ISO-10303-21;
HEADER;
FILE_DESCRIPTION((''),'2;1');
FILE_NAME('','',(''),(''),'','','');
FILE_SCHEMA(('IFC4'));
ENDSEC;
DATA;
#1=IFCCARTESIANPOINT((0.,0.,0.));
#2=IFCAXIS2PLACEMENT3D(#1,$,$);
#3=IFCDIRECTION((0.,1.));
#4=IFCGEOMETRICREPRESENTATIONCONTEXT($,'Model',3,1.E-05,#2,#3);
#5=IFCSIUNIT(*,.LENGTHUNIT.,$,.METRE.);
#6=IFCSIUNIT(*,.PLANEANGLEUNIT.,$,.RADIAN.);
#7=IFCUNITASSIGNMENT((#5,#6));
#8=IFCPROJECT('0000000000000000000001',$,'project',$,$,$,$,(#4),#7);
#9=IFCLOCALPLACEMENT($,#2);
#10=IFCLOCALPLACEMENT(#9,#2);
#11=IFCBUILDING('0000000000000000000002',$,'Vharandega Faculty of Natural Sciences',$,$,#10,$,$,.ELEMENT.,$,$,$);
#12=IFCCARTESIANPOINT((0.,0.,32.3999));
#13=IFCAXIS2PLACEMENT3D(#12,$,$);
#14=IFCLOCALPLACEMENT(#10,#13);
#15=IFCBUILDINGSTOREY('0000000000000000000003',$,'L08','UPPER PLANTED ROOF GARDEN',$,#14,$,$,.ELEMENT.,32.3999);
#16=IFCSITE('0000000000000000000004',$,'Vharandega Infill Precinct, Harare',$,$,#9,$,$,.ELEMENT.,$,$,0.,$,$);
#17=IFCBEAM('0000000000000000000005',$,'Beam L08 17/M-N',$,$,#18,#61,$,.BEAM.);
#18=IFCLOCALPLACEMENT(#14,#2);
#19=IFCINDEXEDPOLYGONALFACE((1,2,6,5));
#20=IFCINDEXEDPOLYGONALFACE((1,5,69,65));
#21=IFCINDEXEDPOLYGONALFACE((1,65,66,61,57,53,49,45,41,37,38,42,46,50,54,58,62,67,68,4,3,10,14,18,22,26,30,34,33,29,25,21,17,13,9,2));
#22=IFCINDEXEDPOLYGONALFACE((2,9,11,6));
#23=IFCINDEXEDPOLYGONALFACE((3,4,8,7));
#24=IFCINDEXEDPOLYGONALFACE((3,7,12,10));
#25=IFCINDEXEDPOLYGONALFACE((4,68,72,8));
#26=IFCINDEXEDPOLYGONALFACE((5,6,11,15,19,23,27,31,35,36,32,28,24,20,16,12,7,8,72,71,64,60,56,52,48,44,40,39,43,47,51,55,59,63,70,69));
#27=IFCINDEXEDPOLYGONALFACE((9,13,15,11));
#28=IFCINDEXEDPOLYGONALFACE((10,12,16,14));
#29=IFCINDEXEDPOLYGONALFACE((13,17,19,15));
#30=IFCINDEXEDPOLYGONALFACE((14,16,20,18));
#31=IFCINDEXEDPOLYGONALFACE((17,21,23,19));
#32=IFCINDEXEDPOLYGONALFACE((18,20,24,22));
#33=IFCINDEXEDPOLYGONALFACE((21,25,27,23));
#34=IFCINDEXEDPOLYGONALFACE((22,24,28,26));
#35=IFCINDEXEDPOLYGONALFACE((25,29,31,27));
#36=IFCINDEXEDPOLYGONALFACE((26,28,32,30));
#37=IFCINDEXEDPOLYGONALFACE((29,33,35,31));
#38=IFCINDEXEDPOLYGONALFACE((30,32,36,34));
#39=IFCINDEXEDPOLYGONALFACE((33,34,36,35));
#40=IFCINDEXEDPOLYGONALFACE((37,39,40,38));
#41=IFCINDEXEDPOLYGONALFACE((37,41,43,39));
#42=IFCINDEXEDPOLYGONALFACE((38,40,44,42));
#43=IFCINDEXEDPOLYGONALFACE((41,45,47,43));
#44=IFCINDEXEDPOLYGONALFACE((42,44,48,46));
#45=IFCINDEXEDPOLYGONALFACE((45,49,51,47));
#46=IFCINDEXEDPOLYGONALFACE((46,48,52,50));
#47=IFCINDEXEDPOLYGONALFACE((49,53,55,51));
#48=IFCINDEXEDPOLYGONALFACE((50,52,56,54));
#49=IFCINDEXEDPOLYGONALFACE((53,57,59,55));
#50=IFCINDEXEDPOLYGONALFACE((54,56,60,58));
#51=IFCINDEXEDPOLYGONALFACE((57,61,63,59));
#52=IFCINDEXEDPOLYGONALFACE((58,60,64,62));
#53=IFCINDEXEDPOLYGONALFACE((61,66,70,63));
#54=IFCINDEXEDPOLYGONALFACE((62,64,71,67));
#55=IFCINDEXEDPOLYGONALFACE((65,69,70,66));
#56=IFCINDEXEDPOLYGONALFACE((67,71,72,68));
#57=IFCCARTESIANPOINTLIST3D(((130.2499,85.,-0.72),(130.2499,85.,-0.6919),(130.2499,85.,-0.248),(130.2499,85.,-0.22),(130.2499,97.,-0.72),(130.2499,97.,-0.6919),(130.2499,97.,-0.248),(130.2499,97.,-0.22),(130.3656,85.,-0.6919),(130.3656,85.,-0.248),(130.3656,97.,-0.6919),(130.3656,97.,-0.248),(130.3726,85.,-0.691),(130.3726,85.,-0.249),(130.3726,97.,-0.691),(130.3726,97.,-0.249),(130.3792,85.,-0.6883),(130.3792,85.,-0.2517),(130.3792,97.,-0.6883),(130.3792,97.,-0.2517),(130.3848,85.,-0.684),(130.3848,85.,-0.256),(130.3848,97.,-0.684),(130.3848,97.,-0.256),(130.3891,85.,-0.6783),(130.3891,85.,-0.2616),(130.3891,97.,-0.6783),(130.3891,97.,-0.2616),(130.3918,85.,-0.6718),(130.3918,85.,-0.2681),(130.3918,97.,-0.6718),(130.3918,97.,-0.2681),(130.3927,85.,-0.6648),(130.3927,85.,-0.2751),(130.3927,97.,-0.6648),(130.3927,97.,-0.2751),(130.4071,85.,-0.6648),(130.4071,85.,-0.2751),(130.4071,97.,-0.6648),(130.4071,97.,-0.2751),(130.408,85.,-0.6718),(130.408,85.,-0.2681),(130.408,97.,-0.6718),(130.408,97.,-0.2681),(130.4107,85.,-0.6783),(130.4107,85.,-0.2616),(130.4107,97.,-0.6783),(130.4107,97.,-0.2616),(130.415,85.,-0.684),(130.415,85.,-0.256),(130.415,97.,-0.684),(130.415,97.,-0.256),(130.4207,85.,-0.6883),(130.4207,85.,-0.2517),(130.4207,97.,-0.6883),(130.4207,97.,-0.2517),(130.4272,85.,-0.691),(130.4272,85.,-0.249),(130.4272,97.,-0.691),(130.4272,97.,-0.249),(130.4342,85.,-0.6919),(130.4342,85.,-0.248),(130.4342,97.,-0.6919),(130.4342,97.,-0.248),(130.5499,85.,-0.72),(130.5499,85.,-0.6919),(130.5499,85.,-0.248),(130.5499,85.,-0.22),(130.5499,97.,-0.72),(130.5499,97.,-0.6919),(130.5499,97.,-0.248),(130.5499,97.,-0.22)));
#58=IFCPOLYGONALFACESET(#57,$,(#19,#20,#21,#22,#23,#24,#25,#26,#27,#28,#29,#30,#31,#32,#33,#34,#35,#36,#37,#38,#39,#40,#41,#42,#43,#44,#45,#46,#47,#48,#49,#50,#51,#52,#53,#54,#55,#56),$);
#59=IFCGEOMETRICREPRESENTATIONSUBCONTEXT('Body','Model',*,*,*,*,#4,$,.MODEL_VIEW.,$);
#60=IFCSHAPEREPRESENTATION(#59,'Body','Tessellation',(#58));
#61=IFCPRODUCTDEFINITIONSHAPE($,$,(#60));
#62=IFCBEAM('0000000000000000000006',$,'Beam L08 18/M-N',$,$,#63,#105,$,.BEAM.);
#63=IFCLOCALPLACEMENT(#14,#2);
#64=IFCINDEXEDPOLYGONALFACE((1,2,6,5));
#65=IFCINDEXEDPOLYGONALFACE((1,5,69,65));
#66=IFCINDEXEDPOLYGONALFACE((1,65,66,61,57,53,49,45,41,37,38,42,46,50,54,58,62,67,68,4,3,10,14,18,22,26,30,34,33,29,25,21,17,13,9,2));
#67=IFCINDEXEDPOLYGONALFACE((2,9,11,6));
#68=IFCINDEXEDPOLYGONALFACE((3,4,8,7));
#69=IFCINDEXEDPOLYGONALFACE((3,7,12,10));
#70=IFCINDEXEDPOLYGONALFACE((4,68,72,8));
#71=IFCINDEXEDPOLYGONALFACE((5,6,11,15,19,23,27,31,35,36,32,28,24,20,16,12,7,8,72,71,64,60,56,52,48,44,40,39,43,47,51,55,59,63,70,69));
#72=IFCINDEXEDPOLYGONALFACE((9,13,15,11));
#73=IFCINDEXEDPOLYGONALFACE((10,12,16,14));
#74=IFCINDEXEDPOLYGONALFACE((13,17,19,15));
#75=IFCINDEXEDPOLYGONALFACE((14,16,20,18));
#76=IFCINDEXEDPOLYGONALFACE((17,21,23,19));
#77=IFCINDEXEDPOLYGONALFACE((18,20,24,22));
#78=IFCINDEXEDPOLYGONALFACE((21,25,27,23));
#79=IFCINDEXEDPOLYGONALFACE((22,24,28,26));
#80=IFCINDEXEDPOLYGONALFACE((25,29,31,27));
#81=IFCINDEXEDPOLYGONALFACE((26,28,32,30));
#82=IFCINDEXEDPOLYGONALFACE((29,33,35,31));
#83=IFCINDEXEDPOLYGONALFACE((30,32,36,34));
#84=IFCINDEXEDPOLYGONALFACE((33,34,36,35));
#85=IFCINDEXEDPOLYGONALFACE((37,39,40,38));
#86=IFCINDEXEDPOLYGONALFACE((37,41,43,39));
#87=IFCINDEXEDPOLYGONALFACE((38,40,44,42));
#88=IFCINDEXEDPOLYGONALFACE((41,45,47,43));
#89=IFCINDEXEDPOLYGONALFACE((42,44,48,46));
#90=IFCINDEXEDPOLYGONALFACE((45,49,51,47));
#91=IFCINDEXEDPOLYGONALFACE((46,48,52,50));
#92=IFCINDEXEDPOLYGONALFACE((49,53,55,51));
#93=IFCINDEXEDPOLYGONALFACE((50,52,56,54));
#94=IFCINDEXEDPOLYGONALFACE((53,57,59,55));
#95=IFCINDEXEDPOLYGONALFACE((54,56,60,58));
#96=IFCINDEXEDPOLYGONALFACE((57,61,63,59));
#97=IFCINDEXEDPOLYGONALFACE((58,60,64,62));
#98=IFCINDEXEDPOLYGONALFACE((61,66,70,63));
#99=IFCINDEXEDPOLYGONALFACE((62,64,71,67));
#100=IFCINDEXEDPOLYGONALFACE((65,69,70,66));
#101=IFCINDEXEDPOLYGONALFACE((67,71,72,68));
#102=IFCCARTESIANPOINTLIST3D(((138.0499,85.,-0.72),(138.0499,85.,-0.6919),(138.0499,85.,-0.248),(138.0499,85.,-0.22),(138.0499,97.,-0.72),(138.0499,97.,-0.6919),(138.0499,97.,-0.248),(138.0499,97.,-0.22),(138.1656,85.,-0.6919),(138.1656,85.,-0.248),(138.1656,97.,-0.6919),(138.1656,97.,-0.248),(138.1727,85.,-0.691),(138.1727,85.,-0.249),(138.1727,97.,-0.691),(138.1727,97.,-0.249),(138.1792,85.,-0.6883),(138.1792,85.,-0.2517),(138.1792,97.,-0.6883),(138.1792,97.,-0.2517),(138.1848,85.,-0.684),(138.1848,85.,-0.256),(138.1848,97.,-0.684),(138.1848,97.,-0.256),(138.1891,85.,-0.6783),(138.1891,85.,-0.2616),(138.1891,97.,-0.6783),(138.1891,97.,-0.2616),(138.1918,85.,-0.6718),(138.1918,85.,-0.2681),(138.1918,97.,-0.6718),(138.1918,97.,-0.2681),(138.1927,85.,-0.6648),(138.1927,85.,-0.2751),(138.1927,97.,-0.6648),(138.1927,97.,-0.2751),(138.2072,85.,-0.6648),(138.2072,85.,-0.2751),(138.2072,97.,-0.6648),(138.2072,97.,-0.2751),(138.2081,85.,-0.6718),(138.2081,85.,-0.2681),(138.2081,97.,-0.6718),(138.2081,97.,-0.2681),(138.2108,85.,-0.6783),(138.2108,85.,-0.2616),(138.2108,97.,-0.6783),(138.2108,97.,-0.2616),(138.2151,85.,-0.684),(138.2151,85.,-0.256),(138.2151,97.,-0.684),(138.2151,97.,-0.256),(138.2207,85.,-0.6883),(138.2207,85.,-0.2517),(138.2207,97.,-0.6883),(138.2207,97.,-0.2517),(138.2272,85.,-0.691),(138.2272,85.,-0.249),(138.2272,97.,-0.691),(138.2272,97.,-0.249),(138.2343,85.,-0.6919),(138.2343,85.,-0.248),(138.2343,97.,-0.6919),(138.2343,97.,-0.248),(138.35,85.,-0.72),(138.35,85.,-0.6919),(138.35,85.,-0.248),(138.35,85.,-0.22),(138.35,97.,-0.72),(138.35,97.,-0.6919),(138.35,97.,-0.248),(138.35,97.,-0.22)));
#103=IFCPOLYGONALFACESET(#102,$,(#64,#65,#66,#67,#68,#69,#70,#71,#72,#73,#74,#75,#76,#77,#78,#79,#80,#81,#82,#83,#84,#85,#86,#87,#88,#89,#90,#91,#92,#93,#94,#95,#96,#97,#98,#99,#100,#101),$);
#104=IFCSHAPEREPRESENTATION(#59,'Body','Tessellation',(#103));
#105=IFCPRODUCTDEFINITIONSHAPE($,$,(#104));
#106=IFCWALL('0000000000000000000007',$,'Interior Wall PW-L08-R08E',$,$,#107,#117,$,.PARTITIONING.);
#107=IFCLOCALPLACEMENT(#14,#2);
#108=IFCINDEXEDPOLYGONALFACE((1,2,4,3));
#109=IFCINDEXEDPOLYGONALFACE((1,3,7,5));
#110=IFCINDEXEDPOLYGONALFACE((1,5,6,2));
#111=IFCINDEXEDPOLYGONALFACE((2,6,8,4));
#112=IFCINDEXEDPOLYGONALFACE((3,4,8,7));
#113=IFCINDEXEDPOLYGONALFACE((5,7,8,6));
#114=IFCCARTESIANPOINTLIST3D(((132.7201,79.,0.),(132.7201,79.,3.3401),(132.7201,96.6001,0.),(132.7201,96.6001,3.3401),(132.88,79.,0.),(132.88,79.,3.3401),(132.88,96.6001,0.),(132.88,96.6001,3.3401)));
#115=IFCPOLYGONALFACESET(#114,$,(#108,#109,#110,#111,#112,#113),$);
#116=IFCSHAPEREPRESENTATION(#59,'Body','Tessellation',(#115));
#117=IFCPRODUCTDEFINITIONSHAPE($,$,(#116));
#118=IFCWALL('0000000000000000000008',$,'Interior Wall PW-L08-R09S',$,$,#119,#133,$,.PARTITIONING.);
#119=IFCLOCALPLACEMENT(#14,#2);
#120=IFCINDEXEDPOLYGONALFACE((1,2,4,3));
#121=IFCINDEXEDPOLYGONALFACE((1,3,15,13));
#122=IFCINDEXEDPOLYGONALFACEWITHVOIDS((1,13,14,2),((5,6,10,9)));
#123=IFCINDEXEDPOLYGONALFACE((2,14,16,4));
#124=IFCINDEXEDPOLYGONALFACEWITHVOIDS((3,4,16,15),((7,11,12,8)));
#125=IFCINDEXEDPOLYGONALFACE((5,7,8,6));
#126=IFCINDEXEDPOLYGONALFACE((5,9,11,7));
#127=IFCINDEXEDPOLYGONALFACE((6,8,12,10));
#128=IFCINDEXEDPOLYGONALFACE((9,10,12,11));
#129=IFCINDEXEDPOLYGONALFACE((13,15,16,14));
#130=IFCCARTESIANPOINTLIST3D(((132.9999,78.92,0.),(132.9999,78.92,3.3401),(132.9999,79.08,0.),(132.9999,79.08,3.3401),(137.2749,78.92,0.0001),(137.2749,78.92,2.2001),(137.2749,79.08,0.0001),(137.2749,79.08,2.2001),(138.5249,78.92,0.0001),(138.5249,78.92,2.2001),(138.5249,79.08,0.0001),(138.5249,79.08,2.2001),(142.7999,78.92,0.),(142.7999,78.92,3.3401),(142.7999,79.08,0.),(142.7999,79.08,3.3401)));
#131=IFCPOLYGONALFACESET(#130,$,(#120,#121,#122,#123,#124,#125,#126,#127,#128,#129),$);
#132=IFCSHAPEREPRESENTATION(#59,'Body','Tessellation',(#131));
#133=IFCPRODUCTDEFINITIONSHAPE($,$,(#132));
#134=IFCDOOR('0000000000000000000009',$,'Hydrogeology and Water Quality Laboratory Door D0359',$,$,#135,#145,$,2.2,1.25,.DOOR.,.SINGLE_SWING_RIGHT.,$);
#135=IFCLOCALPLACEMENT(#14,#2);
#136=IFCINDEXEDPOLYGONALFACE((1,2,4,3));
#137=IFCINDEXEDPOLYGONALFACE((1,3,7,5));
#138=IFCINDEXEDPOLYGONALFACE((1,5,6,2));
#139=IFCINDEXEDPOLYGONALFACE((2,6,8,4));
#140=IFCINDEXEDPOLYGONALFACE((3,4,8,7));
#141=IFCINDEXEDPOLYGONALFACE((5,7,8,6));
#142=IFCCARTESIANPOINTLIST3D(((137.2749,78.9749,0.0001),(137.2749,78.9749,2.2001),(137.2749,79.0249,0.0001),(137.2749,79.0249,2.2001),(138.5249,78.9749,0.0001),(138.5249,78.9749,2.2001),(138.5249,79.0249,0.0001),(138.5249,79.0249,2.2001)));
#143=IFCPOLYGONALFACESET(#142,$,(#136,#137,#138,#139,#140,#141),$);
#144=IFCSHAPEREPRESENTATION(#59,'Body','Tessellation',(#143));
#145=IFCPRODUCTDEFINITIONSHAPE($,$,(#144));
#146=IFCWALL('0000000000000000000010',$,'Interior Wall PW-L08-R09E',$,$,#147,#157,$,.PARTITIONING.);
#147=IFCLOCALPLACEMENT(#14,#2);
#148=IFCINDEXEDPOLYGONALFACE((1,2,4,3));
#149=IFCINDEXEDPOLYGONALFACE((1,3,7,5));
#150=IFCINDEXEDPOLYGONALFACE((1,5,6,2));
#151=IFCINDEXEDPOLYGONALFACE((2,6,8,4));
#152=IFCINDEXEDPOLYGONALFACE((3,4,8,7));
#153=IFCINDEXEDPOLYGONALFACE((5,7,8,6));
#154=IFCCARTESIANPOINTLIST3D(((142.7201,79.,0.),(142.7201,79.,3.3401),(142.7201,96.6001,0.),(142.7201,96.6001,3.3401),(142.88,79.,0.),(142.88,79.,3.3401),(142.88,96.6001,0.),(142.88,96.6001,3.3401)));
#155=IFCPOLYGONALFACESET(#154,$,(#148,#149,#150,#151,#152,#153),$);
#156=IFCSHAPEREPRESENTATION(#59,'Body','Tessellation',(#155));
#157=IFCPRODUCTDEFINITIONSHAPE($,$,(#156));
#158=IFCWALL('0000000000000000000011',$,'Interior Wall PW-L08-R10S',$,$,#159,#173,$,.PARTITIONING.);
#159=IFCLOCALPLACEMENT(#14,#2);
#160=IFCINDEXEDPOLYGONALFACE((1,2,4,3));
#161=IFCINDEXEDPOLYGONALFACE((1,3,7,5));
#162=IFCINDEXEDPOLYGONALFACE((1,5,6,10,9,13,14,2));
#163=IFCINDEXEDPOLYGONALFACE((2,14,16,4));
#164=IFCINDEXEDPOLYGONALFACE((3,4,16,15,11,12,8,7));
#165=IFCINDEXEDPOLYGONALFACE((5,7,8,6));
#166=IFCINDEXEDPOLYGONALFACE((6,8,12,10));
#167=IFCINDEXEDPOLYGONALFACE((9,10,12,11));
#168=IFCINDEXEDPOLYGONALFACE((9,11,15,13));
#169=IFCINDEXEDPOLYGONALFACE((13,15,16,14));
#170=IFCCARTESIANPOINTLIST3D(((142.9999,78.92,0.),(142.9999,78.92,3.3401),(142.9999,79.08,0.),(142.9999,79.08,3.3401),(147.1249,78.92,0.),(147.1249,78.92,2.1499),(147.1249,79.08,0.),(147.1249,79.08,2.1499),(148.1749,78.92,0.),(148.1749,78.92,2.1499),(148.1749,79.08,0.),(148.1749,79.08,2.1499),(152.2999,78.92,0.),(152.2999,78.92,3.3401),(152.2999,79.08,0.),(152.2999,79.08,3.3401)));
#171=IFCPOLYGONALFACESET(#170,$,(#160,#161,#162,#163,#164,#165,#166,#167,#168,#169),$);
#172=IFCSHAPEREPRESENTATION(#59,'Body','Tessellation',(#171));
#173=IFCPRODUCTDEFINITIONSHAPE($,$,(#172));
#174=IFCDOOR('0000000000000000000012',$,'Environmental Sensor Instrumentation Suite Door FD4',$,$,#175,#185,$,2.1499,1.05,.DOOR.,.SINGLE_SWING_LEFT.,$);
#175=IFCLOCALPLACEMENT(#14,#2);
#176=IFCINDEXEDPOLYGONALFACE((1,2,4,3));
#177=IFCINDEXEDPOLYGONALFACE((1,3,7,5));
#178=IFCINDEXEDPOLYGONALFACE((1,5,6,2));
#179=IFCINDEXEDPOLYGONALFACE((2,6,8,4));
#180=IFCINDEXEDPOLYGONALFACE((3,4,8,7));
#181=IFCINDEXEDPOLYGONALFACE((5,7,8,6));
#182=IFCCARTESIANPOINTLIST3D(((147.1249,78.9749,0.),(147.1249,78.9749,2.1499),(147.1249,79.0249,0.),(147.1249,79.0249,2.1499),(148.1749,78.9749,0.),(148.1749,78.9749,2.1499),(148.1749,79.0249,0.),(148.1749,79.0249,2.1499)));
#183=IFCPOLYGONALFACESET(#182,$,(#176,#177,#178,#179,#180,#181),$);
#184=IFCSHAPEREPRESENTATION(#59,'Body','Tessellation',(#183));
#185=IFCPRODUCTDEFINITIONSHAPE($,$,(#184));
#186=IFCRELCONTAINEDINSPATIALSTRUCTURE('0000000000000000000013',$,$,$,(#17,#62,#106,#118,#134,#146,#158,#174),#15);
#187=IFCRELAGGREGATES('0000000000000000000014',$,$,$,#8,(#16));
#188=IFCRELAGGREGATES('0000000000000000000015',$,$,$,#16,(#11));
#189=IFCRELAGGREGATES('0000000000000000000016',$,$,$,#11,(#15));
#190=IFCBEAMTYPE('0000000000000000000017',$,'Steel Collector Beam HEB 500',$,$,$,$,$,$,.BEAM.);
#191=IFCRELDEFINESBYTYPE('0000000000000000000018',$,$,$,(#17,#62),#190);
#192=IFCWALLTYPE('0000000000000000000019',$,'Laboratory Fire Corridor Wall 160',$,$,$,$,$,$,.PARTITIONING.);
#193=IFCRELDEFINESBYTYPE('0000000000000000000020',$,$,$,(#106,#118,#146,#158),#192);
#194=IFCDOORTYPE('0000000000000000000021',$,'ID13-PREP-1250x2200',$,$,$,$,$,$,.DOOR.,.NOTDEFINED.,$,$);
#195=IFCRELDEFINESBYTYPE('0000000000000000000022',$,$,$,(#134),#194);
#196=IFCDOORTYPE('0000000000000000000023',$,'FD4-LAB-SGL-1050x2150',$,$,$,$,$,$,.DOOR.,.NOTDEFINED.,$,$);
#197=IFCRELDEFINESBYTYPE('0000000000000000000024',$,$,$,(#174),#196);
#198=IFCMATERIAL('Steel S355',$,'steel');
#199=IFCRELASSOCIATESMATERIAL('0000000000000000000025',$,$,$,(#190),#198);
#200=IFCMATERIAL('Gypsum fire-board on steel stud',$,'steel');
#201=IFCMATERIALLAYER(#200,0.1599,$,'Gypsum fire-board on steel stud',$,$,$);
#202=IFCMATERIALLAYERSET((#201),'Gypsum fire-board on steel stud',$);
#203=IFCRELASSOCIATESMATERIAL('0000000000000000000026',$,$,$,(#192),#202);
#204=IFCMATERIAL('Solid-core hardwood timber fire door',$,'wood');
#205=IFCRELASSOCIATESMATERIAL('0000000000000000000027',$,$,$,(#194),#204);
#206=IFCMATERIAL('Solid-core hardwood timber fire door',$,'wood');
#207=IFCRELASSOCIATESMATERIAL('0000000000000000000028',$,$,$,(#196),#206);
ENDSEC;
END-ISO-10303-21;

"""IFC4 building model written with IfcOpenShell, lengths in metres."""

from ifc_helpers import new_model, si_unit, direction, frame, frame_2d, origin, origin_2d, place, context, subcontext, project, spatial, rectangle, i_section, extrude, material, layer, layer_set, material_profile, profile_set, type_object, element, fill, save


model = new_model("IFC4")

# Units and contexts
model_context = context("Model", 3, precision=1e-05, world=origin(), true_north=direction((0.0, 1.0)))
body_context = subcontext(model_context, "Body", "Model", "MODEL_VIEW")
ifc_project = project(units=[si_unit("LENGTHUNIT", "METRE"), si_unit("PLANEANGLEUNIT", "RADIAN")], contexts=[model_context])

# Site, building, storey
site_placement = place(None, origin())
site = spatial("IfcSite", under=ifc_project, at=site_placement, Name="Vharandega Infill Precinct, Harare", CompositionType="ELEMENT", RefElevation=0.0)
building_placement = place(site_placement, origin())
building = spatial("IfcBuilding", under=site, at=building_placement, Name="Vharandega Faculty of Natural Sciences", CompositionType="ELEMENT")
storey_placement = place(building_placement, frame((0.0, 0.0, 32.3999)))
storey = spatial("IfcBuildingStorey", under=building, at=storey_placement, Name="L08", Description="UPPER PLANTED ROOF GARDEN", CompositionType="ELEMENT", Elevation=32.3999)

# Beams
ifc_material_1 = material(Name="Steel S355", Category="steel")
ifc_material_profile_1 = material_profile(ifc_material_1, i_section(OverallWidth=0.3, OverallDepth=0.5, WebThickness=0.0144, FlangeThickness=0.0281, FilletRadius=0.0271, at=origin_2d()), Name="HEB 500")
ifc_profile_set_1 = profile_set([ifc_material_profile_1], Name="Steel S355")
beam_type_1 = type_object("IfcBeamType", Name="Steel Collector Beam HEB 500", PredefinedType="BEAM", material=ifc_profile_set_1)
for number, where, z_axis, x_axis, name in (
    (1, (130.3999, 85.0, -0.47), (0.0, 1.0, 0.0), (-1.0, 0.0, 0.0), "Beam L08 17/M-N"),
    (2, (138.2, 85.0, -0.47), (0.0, 1.0, 0.0), (-1.0, 0.0, 0.0), "Beam L08 18/M-N"),
):
    element("IfcBeam", number, at=place(storey_placement, frame(where, z_axis=z_axis, x_axis=x_axis)), inside=storey, type_object=beam_type_1, Name=name, PredefinedType="BEAM", context=body_context, shape_type="SweptSolid", body=[
        extrude(i_section(OverallWidth=0.3, OverallDepth=0.5, WebThickness=0.0144, FlangeThickness=0.0281, FilletRadius=0.0271, at=origin_2d()), origin(), (0.0, 0.0, 1.0), 12.0),
    ])

# Wall
ifc_material_2 = material(Name="Gypsum fire-board on steel stud", Category="steel")
ifc_layer = layer(ifc_material_2, 0.1599, Name="Gypsum fire-board on steel stud")
ifc_layer_set = layer_set([ifc_layer], Name="Gypsum fire-board on steel stud")
wall_type = type_object("IfcWallType", Name="Laboratory Fire Corridor Wall 160", PredefinedType="PARTITIONING", material=ifc_layer_set)
wall_1_placement = place(storey_placement, frame((132.8, 79.0, 0.0), z_axis=(0.0, 0.0, 1.0), x_axis=(0.0, 1.0, 0.0)))
element("IfcWall", 3, at=wall_1_placement, inside=storey, type_object=wall_type, Name="Interior Wall PW-L08-R08E", PredefinedType="PARTITIONING", context=body_context, shape_type="SweptSolid", body=[
    extrude(rectangle(XDim=17.6001, YDim=0.1599, at=frame_2d((8.8, 0.0))), origin(), (0.0, 0.0, 1.0), 3.3401),
])

# Wall, opening, door
wall_2_placement = place(storey_placement, frame((133.0, 79.0, 0.0), z_axis=(0.0, 0.0, 1.0), x_axis=(1.0, 0.0, 0.0)))
wall_2 = element("IfcWall", 4, at=wall_2_placement, inside=storey, type_object=wall_type, Name="Interior Wall PW-L08-R09S", PredefinedType="PARTITIONING", context=body_context, shape_type="SweptSolid", body=[
    extrude(rectangle(XDim=9.8, YDim=0.1599, at=frame_2d((4.8999, 0.0))), origin(), (0.0, 0.0, 1.0), 3.3401),
])
opening_1_placement = place(wall_2_placement, frame((4.2749, 0.0, 0.0)))
opening_1 = element("IfcOpeningElement", 5, at=opening_1_placement, cuts=wall_2, PredefinedType="OPENING", context=body_context, shape_type="SweptSolid", body=[
    extrude(rectangle(XDim=1.25, YDim=2.2, at=frame_2d((0.625, 1.1001))), frame((0.0, 0.0898, 0.0), z_axis=(0.0, -1.0, 0.0), x_axis=(1.0, 0.0, 0.0)), (0.0, 0.0, 1.0), 0.1799),
])
ifc_material_3 = material(Name="Solid-core hardwood timber fire door", Category="wood")
door_type_1 = type_object("IfcDoorType", Name="ID13-PREP-1250x2200", OperationType="NOTDEFINED", PredefinedType="DOOR", material=ifc_material_3)
door_1_placement = place(opening_1_placement, origin())
door_1 = element("IfcDoor", 6, at=door_1_placement, inside=storey, type_object=door_type_1, Name="Hydrogeology and Water Quality Laboratory Door D0359", OperationType="SINGLE_SWING_RIGHT", OverallHeight=2.2, OverallWidth=1.25, PredefinedType="DOOR", context=body_context, shape_type="SweptSolid", body=[
    extrude(rectangle(XDim=1.25, YDim=2.2, at=frame_2d((0.625, 1.1001))), frame((0.0, 0.0249, 0.0), z_axis=(0.0, -1.0, 0.0), x_axis=(1.0, 0.0, 0.0)), (0.0, 0.0, 1.0), 0.05),
])
fill(opening_1, door_1)

# Wall
wall_3_placement = place(storey_placement, frame((142.8, 79.0, 0.0), z_axis=(0.0, 0.0, 1.0), x_axis=(0.0, 1.0, 0.0)))
element("IfcWall", 7, at=wall_3_placement, inside=storey, type_object=wall_type, Name="Interior Wall PW-L08-R09E", PredefinedType="PARTITIONING", context=body_context, shape_type="SweptSolid", body=[
    extrude(rectangle(XDim=17.6001, YDim=0.1599, at=frame_2d((8.8, 0.0))), origin(), (0.0, 0.0, 1.0), 3.3401),
])

# Wall, opening, door
wall_4_placement = place(storey_placement, frame((143.0, 79.0, 0.0), z_axis=(0.0, 0.0, 1.0), x_axis=(1.0, 0.0, 0.0)))
wall_4 = element("IfcWall", 8, at=wall_4_placement, inside=storey, type_object=wall_type, Name="Interior Wall PW-L08-R10S", PredefinedType="PARTITIONING", context=body_context, shape_type="SweptSolid", body=[
    extrude(rectangle(XDim=9.3, YDim=0.1599, at=frame_2d((4.6499, 0.0))), origin(), (0.0, 0.0, 1.0), 3.3401),
])
opening_2_placement = place(wall_4_placement, frame((4.125, 0.0, 0.0)))
opening_2 = element("IfcOpeningElement", 9, at=opening_2_placement, cuts=wall_4, PredefinedType="OPENING", context=body_context, shape_type="SweptSolid", body=[
    extrude(rectangle(XDim=1.05, YDim=2.1499, at=frame_2d((0.5249, 1.075))), frame((0.0, 0.0898, 0.0), z_axis=(0.0, -1.0, 0.0), x_axis=(1.0, 0.0, 0.0)), (0.0, 0.0, 1.0), 0.1799),
])
ifc_material_4 = material(Name="Solid-core hardwood timber fire door", Category="wood")
door_type_2 = type_object("IfcDoorType", Name="FD4-LAB-SGL-1050x2150", OperationType="NOTDEFINED", PredefinedType="DOOR", material=ifc_material_4)
door_2_placement = place(opening_2_placement, origin())
door_2 = element("IfcDoor", 10, at=door_2_placement, inside=storey, type_object=door_type_2, Name="Environmental Sensor Instrumentation Suite Door FD4", OperationType="SINGLE_SWING_LEFT", OverallHeight=2.1499, OverallWidth=1.05, PredefinedType="DOOR", context=body_context, shape_type="SweptSolid", body=[
    extrude(rectangle(XDim=1.05, YDim=2.1499, at=frame_2d((0.5249, 1.075))), frame((0.0, 0.0249, 0.0), z_axis=(0.0, -1.0, 0.0), x_axis=(1.0, 0.0, 0.0)), (0.0, 0.0, 1.0), 0.05),
])
fill(opening_2, door_2)

save(model, "model.ifc")
